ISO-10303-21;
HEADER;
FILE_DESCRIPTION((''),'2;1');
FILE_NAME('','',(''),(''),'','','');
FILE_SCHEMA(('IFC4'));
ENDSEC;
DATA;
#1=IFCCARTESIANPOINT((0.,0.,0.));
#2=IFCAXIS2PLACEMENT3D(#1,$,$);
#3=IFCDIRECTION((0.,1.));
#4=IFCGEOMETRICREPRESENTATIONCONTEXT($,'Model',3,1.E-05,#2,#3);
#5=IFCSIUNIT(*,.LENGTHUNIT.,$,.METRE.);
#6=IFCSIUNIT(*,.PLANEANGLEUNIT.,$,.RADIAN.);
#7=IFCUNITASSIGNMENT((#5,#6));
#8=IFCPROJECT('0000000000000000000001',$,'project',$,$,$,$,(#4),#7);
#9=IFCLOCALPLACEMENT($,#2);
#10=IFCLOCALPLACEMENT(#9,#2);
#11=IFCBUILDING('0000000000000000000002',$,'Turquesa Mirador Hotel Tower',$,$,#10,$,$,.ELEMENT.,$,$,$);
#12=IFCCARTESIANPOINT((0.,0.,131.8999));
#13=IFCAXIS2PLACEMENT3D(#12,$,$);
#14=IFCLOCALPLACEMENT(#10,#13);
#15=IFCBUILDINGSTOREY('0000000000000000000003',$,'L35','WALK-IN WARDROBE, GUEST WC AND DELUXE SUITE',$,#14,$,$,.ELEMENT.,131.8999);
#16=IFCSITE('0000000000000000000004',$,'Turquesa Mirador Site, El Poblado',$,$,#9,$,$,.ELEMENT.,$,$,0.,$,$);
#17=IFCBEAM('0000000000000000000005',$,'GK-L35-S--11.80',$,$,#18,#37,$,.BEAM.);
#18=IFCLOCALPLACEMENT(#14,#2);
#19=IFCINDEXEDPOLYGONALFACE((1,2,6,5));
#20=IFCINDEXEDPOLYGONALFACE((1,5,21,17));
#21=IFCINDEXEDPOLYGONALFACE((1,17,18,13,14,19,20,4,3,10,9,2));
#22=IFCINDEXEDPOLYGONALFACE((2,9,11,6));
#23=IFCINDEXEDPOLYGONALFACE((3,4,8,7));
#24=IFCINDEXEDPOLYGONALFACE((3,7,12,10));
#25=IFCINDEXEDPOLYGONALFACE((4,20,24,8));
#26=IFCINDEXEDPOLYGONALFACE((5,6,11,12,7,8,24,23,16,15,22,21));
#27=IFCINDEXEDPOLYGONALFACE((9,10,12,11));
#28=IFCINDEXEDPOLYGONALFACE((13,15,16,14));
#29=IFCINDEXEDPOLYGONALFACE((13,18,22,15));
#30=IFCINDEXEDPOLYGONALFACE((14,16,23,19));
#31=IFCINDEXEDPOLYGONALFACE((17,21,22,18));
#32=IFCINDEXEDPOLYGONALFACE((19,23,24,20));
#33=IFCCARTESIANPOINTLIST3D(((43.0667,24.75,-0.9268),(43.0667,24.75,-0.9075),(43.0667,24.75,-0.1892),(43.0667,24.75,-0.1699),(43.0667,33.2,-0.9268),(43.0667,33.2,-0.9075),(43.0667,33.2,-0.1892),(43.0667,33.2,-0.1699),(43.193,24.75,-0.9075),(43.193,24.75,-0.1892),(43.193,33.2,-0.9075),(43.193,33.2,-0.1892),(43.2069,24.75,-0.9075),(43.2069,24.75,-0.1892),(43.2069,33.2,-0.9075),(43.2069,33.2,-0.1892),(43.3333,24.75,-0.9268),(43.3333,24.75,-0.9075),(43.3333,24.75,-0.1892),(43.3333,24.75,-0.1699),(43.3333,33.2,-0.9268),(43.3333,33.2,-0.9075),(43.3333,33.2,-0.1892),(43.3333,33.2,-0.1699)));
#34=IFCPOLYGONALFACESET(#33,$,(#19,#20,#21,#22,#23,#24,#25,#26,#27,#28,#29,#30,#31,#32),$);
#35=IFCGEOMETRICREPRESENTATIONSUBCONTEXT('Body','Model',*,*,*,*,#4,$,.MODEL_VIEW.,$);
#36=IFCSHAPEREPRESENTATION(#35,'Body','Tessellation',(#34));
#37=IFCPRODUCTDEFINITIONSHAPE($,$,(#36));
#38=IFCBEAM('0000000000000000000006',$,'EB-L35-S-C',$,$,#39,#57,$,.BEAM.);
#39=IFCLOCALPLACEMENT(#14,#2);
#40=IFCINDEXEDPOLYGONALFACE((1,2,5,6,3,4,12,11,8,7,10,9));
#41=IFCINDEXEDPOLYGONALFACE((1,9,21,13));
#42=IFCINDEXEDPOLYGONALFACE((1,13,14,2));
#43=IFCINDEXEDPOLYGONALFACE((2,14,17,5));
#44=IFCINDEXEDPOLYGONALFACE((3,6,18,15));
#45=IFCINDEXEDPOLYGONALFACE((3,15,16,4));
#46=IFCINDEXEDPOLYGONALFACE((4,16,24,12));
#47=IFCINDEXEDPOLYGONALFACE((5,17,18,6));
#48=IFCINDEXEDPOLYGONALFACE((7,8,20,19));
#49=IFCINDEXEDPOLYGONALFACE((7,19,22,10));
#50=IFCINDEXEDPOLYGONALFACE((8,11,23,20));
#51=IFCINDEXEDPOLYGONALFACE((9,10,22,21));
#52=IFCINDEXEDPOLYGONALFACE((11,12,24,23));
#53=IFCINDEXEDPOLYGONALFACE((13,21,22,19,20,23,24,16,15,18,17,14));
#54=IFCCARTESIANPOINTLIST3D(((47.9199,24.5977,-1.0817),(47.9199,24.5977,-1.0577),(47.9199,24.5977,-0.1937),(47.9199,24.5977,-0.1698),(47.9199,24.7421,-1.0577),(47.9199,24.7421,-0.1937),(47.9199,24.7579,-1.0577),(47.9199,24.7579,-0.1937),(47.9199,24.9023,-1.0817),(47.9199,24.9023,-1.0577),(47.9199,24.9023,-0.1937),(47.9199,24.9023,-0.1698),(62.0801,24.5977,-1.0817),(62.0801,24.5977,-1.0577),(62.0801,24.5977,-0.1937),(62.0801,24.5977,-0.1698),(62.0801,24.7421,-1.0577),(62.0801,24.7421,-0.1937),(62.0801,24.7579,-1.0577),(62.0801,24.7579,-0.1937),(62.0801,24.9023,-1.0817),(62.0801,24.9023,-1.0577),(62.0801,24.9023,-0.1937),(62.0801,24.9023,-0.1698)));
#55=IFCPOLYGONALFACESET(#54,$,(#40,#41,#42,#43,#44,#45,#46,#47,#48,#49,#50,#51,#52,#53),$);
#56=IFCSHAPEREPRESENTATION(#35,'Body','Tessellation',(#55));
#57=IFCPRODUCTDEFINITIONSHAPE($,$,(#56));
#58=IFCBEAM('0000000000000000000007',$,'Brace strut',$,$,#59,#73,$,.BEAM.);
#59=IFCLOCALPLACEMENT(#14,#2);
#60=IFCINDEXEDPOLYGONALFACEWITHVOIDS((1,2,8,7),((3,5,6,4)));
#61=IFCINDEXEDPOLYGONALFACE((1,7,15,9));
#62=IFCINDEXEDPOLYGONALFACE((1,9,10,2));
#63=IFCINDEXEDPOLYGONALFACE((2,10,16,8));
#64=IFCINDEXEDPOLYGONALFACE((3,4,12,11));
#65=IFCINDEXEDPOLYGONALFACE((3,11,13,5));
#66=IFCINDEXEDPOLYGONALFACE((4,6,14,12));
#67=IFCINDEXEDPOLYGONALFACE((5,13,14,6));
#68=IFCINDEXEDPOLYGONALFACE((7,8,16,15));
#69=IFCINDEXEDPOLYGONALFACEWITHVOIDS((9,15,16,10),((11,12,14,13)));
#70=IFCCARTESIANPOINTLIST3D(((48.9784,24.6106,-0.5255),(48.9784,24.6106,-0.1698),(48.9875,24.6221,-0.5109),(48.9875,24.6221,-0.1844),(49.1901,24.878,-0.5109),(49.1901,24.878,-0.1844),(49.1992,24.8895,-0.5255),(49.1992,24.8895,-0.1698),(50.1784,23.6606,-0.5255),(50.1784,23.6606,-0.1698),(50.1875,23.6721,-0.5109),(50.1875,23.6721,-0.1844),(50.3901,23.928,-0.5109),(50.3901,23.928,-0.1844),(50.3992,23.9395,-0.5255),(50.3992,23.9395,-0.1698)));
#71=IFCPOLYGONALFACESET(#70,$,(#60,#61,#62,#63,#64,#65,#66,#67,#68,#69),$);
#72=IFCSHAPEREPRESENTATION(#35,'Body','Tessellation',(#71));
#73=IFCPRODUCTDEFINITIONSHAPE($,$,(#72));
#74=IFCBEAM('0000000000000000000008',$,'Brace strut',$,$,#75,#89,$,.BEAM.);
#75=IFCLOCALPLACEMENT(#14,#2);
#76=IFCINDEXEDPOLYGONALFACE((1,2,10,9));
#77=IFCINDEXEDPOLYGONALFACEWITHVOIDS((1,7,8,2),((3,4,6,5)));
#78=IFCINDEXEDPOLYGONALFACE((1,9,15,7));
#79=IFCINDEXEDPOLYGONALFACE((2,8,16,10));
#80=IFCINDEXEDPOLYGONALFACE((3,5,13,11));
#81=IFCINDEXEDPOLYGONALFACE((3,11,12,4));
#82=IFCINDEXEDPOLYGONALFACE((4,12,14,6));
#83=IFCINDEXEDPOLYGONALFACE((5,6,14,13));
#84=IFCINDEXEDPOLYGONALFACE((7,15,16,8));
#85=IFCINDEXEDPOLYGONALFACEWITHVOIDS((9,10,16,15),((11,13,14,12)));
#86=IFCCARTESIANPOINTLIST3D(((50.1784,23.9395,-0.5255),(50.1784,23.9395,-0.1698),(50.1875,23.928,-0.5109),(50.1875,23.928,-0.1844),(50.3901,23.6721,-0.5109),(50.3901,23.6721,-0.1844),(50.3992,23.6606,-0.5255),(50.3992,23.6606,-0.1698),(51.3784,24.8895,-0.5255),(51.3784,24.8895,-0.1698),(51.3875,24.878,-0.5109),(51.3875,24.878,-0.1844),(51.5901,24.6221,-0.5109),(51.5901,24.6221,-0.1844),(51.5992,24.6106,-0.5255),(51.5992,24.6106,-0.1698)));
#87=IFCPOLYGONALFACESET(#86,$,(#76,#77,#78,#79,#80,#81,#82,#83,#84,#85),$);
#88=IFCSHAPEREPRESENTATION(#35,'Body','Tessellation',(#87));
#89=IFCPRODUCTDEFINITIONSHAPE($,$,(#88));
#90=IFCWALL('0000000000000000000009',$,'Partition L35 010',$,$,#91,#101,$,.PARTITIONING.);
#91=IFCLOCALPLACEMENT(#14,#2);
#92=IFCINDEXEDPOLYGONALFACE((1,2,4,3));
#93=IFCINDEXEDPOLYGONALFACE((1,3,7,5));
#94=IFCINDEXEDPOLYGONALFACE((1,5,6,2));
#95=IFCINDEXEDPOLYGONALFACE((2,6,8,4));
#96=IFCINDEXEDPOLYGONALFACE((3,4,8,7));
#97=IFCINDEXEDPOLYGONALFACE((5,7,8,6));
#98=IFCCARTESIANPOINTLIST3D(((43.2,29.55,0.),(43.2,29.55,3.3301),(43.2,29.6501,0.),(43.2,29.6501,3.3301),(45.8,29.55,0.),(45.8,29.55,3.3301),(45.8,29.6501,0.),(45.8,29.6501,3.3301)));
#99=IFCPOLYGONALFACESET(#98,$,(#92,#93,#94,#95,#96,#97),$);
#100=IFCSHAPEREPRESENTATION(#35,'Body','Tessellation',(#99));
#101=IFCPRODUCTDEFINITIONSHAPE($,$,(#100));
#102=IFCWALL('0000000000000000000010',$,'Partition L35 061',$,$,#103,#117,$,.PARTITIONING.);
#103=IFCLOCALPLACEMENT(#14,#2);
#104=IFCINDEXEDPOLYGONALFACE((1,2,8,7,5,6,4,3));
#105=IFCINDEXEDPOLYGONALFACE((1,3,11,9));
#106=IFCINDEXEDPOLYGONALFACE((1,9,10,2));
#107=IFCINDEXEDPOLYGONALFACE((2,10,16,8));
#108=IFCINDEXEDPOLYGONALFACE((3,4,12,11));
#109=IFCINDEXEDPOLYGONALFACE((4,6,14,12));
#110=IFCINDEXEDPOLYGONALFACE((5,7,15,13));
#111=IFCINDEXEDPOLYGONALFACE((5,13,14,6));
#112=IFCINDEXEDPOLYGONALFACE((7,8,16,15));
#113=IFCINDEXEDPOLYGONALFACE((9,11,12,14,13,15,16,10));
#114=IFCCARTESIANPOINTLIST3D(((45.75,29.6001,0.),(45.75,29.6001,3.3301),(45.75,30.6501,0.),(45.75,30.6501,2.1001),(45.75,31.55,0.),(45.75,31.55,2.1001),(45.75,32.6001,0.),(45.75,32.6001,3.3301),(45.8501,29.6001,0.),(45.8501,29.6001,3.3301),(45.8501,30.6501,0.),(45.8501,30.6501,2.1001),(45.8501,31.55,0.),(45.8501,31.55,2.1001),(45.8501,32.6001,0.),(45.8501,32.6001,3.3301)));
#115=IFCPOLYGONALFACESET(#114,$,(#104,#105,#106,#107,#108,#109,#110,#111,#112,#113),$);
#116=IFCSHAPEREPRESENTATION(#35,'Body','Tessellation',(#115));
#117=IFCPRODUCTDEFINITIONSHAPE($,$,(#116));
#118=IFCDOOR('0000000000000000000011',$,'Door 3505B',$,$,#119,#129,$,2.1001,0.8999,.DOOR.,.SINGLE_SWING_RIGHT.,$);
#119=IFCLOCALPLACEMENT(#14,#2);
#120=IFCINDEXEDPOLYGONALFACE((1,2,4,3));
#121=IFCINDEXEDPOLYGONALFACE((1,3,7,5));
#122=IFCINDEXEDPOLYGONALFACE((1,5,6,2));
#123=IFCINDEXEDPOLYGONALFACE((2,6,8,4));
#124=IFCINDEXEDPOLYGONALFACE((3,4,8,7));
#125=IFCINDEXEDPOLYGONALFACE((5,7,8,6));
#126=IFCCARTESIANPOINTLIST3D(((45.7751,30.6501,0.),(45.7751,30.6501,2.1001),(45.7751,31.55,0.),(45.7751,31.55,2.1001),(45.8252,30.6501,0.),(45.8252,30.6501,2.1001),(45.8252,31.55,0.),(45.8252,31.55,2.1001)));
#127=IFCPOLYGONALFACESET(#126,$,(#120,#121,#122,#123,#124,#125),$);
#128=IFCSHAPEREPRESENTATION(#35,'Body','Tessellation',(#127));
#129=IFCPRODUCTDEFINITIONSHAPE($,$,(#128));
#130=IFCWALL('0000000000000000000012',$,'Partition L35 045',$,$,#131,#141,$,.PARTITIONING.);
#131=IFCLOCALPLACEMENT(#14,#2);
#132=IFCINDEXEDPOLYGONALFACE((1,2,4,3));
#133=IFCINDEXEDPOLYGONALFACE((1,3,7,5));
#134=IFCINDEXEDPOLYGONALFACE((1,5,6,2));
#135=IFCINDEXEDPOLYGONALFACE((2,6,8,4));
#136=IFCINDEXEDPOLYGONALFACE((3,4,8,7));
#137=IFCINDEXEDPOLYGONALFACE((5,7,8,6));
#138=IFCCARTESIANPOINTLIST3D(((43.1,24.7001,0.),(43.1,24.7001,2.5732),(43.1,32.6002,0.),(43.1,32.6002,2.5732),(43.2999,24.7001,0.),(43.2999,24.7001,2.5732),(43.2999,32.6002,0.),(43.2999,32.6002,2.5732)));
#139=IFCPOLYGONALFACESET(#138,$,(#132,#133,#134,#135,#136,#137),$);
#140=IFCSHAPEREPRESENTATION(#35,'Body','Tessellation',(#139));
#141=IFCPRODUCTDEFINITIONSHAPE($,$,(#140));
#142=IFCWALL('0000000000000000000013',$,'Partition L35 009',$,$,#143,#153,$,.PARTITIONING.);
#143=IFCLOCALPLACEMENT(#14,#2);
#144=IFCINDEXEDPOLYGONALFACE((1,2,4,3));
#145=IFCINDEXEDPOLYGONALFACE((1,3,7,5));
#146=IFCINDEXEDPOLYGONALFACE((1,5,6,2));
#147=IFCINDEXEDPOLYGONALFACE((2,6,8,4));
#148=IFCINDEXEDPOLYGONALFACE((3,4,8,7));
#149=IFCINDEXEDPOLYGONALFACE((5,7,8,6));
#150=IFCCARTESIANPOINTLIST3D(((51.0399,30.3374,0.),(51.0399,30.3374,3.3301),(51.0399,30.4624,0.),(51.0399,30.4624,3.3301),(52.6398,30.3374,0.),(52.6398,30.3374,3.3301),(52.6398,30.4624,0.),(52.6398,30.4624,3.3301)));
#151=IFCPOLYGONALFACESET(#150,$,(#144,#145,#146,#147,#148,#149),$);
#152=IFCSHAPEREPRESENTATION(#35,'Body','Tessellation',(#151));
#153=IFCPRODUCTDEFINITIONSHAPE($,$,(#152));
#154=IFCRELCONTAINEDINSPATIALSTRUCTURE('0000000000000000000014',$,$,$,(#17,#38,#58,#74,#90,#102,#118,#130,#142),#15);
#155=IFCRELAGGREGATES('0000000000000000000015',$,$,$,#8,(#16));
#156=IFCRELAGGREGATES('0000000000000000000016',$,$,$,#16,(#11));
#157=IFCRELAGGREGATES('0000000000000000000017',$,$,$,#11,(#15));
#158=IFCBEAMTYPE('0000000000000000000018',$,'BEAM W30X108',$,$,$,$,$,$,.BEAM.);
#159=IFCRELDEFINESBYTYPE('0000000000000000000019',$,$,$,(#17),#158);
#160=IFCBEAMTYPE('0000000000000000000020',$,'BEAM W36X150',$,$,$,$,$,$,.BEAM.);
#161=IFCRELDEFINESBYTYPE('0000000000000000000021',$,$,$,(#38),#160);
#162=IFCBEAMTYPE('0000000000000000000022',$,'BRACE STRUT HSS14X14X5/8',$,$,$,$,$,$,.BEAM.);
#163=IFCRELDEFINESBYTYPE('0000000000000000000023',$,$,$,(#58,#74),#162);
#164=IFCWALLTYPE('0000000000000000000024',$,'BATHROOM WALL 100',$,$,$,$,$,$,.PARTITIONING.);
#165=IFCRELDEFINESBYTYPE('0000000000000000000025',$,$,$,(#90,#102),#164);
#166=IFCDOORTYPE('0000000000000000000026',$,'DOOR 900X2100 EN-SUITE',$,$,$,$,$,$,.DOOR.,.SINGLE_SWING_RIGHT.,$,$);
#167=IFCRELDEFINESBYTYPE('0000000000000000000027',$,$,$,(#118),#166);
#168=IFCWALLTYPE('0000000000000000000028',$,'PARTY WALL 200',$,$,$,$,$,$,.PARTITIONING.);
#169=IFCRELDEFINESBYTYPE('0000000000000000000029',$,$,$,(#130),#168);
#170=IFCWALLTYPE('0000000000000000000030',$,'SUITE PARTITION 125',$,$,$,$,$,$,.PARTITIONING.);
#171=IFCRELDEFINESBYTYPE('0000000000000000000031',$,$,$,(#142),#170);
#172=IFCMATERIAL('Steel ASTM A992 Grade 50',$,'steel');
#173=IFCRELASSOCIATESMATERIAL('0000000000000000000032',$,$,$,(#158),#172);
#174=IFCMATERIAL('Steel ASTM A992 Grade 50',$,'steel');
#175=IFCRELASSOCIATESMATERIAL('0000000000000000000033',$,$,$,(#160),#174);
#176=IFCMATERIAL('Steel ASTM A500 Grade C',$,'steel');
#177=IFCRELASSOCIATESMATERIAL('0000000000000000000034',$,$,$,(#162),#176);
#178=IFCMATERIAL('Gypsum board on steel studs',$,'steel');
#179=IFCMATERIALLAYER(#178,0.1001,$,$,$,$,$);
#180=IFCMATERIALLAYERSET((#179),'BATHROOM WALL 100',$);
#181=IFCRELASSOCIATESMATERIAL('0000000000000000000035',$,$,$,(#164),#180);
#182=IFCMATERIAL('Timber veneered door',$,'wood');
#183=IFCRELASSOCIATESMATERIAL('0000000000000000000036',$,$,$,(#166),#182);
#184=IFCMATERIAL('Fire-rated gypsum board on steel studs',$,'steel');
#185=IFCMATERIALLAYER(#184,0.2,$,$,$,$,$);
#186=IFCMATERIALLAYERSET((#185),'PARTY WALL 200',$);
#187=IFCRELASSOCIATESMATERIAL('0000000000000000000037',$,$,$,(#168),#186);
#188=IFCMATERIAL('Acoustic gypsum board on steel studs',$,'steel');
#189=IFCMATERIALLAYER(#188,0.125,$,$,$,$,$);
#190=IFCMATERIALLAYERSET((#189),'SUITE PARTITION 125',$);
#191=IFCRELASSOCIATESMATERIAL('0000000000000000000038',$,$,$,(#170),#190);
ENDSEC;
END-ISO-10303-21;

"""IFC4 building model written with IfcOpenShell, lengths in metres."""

from ifc_helpers import new_model, si_unit, direction, frame, frame_2d, origin, origin_2d, place, context, subcontext, project, spatial, rectangle, hollow_rectangle, i_section, extrude, material, layer, layer_set, material_profile, profile_set, type_object, element, fill, save


model = new_model("IFC4")

# Units and contexts
model_context = context("Model", 3, precision=1e-05, world=origin(), true_north=direction((0.0, 1.0)))
body_context = subcontext(model_context, "Body", "Model", "MODEL_VIEW")
ifc_project = project(units=[si_unit("LENGTHUNIT", "METRE"), si_unit("PLANEANGLEUNIT", "RADIAN")], contexts=[model_context])

# Site, building, storey
site_placement = place(None, origin())
site = spatial("IfcSite", under=ifc_project, at=site_placement, Name="Turquesa Mirador Site, El Poblado", CompositionType="ELEMENT", RefElevation=0.0)
building_placement = place(site_placement, origin())
building = spatial("IfcBuilding", under=site, at=building_placement, Name="Turquesa Mirador Hotel Tower", CompositionType="ELEMENT")
storey_placement = place(building_placement, frame((0.0, 0.0, 131.8999)))
storey = spatial("IfcBuildingStorey", under=building, at=storey_placement, Name="L35", Description="WALK-IN WARDROBE, GUEST WC AND DELUXE SUITE", CompositionType="ELEMENT", Elevation=131.8999)

# Beams
ifc_material_1 = material(Name="Steel ASTM A992 Grade 50", Category="steel")
ifc_material_profile_1 = material_profile(ifc_material_1, i_section(OverallWidth=0.2666, OverallDepth=0.7568, WebThickness=0.0139, FlangeThickness=0.0193, at=origin_2d()), Name="W30X108")
ifc_profile_set_1 = profile_set([ifc_material_profile_1], Name="Steel ASTM A992 Grade 50")
beam_type_1 = type_object("IfcBeamType", Name="BEAM W30X108", PredefinedType="BEAM", material=ifc_profile_set_1)
beam_1_placement = place(storey_placement, frame((43.2, 24.75, -0.5483), z_axis=(0.0, 1.0, 0.0), x_axis=(-1.0, 0.0, 0.0)))
element("IfcBeam", 1, at=beam_1_placement, inside=storey, type_object=beam_type_1, Name="GK-L35-S--11.80", PredefinedType="BEAM", context=body_context, shape_type="SweptSolid", body=[
    extrude(i_section(OverallWidth=0.2666, OverallDepth=0.7568, WebThickness=0.0139, FlangeThickness=0.0193, at=origin_2d()), origin(), (0.0, 0.0, 1.0), 8.45),
])
ifc_material_2 = material(Name="Steel ASTM A992 Grade 50", Category="steel")
ifc_material_profile_2 = material_profile(ifc_material_2, i_section(OverallWidth=0.3047, OverallDepth=0.9119, WebThickness=0.0159, FlangeThickness=0.0239, at=origin_2d()), Name="W36X150")
ifc_profile_set_2 = profile_set([ifc_material_profile_2], Name="Steel ASTM A992 Grade 50")
beam_type_2 = type_object("IfcBeamType", Name="BEAM W36X150", PredefinedType="BEAM", material=ifc_profile_set_2)
beam_2_placement = place(storey_placement, frame((47.9199, 24.75, -0.6257), z_axis=(1.0, 0.0, 0.0), x_axis=(0.0, 1.0, 0.0)))
element("IfcBeam", 2, at=beam_2_placement, inside=storey, type_object=beam_type_2, Name="EB-L35-S-C", PredefinedType="BEAM", context=body_context, shape_type="SweptSolid", body=[
    extrude(i_section(OverallWidth=0.3047, OverallDepth=0.9119, WebThickness=0.0159, FlangeThickness=0.0239, at=origin_2d()), origin(), (0.0, 0.0, 1.0), 14.1602),
])
ifc_material_3 = material(Name="Steel ASTM A500 Grade C", Category="steel")
ifc_material_profile_3 = material_profile(ifc_material_3, hollow_rectangle(XDim=0.3557, YDim=0.3557, WallThickness=0.0146, at=origin_2d()), Name="HSS14X14X5/8")
ifc_profile_set_3 = profile_set([ifc_material_profile_3], Name="Steel ASTM A500 Grade C")
beam_type_3 = type_object("IfcBeamType", Name="BRACE STRUT HSS14X14X5/8", PredefinedType="BEAM", material=ifc_profile_set_3)
for number, where, z_axis, x_axis, name in (
    (3, (50.2888, 23.8, -0.3477), (-0.784049, 0.620699, 0.0), (-0.620699, -0.784049, 0.0), "Brace strut"),
    (4, (50.2888, 23.8, -0.3477), (0.784049, 0.620699, 0.0), (-0.620699, 0.784049, 0.0), "Brace strut"),
):
    element("IfcBeam", number, at=place(storey_placement, frame(where, z_axis=z_axis, x_axis=x_axis)), inside=storey, type_object=beam_type_3, Name=name, PredefinedType="BEAM", context=body_context, shape_type="SweptSolid", body=[
        extrude(hollow_rectangle(XDim=0.3557, YDim=0.3557, WallThickness=0.0146, at=origin_2d()), origin(), (0.0, 0.0, 1.0), 1.5305),
    ])

# Wall
ifc_material_4 = material(Name="Gypsum board on steel studs", Category="steel")
ifc_layer_1 = layer(ifc_material_4, 0.1001)
ifc_layer_set_1 = layer_set([ifc_layer_1], Name="BATHROOM WALL 100")
wall_type_1 = type_object("IfcWallType", Name="BATHROOM WALL 100", PredefinedType="PARTITIONING", material=ifc_layer_set_1)
wall_1_placement = place(storey_placement, frame((43.2, 29.6001, 0.0), z_axis=(0.0, 0.0, 1.0), x_axis=(1.0, 0.0, 0.0)))
element("IfcWall", 5, at=wall_1_placement, inside=storey, type_object=wall_type_1, Name="Partition L35 010", PredefinedType="PARTITIONING", context=body_context, shape_type="SweptSolid", body=[
    extrude(rectangle(XDim=2.6001, YDim=0.1001, at=frame_2d((1.3, 0.0))), origin(), (0.0, 0.0, 1.0), 3.3301),
])

# Wall, opening, door
wall_2_placement = place(storey_placement, frame((45.8, 29.6001, 0.0), z_axis=(0.0, 0.0, 1.0), x_axis=(0.0, 1.0, 0.0)))
wall_2 = element("IfcWall", 6, at=wall_2_placement, inside=storey, type_object=wall_type_1, Name="Partition L35 061", PredefinedType="PARTITIONING", context=body_context, shape_type="SweptSolid", body=[
    extrude(rectangle(XDim=3.0, YDim=0.1001, at=frame_2d((1.5, 0.0))), origin(), (0.0, 0.0, 1.0), 3.3301),
])
opening_1_placement = place(wall_2_placement, frame((1.05, 0.0, 0.0)))
opening_1 = element("IfcOpeningElement", 7, at=opening_1_placement, cuts=wall_2, PredefinedType="OPENING", context=body_context, shape_type="SweptSolid", body=[
    extrude(rectangle(XDim=0.8999, YDim=2.1001, at=frame_2d((0.45, 1.05))), frame((0.0, 0.0601, 0.0), z_axis=(0.0, -1.0, 0.0), x_axis=(1.0, 0.0, 0.0)), (0.0, 0.0, 1.0), 0.1201),
])
ifc_material_5 = material(Name="Timber veneered door", Category="wood")
door_type_1 = type_object("IfcDoorType", Name="DOOR 900X2100 EN-SUITE", OperationType="SINGLE_SWING_RIGHT", PredefinedType="DOOR", material=ifc_material_5)
door_1_placement = place(opening_1_placement, origin())
door_1 = element("IfcDoor", 8, at=door_1_placement, inside=storey, type_object=door_type_1, Name="Door 3505B", OperationType="SINGLE_SWING_RIGHT", OverallHeight=2.1001, OverallWidth=0.8999, PredefinedType="DOOR", context=body_context, shape_type="SweptSolid", body=[
    extrude(rectangle(XDim=0.8999, YDim=2.1001, at=frame_2d((0.45, 1.05))), frame((0.0, 0.0249, 0.0), z_axis=(0.0, -1.0, 0.0), x_axis=(1.0, 0.0, 0.0)), (0.0, 0.0, 1.0), 0.05),
])
fill(opening_1, door_1)

# Walls
ifc_material_6 = material(Name="Fire-rated gypsum board on steel studs", Category="steel")
ifc_layer_2 = layer(ifc_material_6, 0.2)
ifc_layer_set_2 = layer_set([ifc_layer_2], Name="PARTY WALL 200")
wall_type_2 = type_object("IfcWallType", Name="PARTY WALL 200", PredefinedType="PARTITIONING", material=ifc_layer_set_2)
wall_3_placement = place(storey_placement, frame((43.2, 24.7, 0.0), z_axis=(0.0, 0.0, 1.0), x_axis=(0.0, 1.0, 0.0)))
element("IfcWall", 9, at=wall_3_placement, inside=storey, type_object=wall_type_2, Name="Partition L35 045", PredefinedType="PARTITIONING", context=body_context, shape_type="SweptSolid", body=[
    extrude(rectangle(XDim=7.9001, YDim=0.2, at=frame_2d((3.9502, 0.0))), origin(), (0.0, 0.0, 1.0), 2.5732),
])
ifc_material_7 = material(Name="Acoustic gypsum board on steel studs", Category="steel")
ifc_layer_3 = layer(ifc_material_7, 0.125)
ifc_layer_set_3 = layer_set([ifc_layer_3], Name="SUITE PARTITION 125")
wall_type_3 = type_object("IfcWallType", Name="SUITE PARTITION 125", PredefinedType="PARTITIONING", material=ifc_layer_set_3)
wall_4_placement = place(storey_placement, frame((51.04, 30.3999, 0.0), z_axis=(0.0, 0.0, 1.0), x_axis=(1.0, 0.0, 0.0)))
element("IfcWall", 10, at=wall_4_placement, inside=storey, type_object=wall_type_3, Name="Partition L35 009", PredefinedType="PARTITIONING", context=body_context, shape_type="SweptSolid", body=[
    extrude(rectangle(XDim=1.5999, YDim=0.125, at=frame_2d((0.7998, 0.0))), origin(), (0.0, 0.0, 1.0), 3.3301),
])

save(model, "model.ifc")
